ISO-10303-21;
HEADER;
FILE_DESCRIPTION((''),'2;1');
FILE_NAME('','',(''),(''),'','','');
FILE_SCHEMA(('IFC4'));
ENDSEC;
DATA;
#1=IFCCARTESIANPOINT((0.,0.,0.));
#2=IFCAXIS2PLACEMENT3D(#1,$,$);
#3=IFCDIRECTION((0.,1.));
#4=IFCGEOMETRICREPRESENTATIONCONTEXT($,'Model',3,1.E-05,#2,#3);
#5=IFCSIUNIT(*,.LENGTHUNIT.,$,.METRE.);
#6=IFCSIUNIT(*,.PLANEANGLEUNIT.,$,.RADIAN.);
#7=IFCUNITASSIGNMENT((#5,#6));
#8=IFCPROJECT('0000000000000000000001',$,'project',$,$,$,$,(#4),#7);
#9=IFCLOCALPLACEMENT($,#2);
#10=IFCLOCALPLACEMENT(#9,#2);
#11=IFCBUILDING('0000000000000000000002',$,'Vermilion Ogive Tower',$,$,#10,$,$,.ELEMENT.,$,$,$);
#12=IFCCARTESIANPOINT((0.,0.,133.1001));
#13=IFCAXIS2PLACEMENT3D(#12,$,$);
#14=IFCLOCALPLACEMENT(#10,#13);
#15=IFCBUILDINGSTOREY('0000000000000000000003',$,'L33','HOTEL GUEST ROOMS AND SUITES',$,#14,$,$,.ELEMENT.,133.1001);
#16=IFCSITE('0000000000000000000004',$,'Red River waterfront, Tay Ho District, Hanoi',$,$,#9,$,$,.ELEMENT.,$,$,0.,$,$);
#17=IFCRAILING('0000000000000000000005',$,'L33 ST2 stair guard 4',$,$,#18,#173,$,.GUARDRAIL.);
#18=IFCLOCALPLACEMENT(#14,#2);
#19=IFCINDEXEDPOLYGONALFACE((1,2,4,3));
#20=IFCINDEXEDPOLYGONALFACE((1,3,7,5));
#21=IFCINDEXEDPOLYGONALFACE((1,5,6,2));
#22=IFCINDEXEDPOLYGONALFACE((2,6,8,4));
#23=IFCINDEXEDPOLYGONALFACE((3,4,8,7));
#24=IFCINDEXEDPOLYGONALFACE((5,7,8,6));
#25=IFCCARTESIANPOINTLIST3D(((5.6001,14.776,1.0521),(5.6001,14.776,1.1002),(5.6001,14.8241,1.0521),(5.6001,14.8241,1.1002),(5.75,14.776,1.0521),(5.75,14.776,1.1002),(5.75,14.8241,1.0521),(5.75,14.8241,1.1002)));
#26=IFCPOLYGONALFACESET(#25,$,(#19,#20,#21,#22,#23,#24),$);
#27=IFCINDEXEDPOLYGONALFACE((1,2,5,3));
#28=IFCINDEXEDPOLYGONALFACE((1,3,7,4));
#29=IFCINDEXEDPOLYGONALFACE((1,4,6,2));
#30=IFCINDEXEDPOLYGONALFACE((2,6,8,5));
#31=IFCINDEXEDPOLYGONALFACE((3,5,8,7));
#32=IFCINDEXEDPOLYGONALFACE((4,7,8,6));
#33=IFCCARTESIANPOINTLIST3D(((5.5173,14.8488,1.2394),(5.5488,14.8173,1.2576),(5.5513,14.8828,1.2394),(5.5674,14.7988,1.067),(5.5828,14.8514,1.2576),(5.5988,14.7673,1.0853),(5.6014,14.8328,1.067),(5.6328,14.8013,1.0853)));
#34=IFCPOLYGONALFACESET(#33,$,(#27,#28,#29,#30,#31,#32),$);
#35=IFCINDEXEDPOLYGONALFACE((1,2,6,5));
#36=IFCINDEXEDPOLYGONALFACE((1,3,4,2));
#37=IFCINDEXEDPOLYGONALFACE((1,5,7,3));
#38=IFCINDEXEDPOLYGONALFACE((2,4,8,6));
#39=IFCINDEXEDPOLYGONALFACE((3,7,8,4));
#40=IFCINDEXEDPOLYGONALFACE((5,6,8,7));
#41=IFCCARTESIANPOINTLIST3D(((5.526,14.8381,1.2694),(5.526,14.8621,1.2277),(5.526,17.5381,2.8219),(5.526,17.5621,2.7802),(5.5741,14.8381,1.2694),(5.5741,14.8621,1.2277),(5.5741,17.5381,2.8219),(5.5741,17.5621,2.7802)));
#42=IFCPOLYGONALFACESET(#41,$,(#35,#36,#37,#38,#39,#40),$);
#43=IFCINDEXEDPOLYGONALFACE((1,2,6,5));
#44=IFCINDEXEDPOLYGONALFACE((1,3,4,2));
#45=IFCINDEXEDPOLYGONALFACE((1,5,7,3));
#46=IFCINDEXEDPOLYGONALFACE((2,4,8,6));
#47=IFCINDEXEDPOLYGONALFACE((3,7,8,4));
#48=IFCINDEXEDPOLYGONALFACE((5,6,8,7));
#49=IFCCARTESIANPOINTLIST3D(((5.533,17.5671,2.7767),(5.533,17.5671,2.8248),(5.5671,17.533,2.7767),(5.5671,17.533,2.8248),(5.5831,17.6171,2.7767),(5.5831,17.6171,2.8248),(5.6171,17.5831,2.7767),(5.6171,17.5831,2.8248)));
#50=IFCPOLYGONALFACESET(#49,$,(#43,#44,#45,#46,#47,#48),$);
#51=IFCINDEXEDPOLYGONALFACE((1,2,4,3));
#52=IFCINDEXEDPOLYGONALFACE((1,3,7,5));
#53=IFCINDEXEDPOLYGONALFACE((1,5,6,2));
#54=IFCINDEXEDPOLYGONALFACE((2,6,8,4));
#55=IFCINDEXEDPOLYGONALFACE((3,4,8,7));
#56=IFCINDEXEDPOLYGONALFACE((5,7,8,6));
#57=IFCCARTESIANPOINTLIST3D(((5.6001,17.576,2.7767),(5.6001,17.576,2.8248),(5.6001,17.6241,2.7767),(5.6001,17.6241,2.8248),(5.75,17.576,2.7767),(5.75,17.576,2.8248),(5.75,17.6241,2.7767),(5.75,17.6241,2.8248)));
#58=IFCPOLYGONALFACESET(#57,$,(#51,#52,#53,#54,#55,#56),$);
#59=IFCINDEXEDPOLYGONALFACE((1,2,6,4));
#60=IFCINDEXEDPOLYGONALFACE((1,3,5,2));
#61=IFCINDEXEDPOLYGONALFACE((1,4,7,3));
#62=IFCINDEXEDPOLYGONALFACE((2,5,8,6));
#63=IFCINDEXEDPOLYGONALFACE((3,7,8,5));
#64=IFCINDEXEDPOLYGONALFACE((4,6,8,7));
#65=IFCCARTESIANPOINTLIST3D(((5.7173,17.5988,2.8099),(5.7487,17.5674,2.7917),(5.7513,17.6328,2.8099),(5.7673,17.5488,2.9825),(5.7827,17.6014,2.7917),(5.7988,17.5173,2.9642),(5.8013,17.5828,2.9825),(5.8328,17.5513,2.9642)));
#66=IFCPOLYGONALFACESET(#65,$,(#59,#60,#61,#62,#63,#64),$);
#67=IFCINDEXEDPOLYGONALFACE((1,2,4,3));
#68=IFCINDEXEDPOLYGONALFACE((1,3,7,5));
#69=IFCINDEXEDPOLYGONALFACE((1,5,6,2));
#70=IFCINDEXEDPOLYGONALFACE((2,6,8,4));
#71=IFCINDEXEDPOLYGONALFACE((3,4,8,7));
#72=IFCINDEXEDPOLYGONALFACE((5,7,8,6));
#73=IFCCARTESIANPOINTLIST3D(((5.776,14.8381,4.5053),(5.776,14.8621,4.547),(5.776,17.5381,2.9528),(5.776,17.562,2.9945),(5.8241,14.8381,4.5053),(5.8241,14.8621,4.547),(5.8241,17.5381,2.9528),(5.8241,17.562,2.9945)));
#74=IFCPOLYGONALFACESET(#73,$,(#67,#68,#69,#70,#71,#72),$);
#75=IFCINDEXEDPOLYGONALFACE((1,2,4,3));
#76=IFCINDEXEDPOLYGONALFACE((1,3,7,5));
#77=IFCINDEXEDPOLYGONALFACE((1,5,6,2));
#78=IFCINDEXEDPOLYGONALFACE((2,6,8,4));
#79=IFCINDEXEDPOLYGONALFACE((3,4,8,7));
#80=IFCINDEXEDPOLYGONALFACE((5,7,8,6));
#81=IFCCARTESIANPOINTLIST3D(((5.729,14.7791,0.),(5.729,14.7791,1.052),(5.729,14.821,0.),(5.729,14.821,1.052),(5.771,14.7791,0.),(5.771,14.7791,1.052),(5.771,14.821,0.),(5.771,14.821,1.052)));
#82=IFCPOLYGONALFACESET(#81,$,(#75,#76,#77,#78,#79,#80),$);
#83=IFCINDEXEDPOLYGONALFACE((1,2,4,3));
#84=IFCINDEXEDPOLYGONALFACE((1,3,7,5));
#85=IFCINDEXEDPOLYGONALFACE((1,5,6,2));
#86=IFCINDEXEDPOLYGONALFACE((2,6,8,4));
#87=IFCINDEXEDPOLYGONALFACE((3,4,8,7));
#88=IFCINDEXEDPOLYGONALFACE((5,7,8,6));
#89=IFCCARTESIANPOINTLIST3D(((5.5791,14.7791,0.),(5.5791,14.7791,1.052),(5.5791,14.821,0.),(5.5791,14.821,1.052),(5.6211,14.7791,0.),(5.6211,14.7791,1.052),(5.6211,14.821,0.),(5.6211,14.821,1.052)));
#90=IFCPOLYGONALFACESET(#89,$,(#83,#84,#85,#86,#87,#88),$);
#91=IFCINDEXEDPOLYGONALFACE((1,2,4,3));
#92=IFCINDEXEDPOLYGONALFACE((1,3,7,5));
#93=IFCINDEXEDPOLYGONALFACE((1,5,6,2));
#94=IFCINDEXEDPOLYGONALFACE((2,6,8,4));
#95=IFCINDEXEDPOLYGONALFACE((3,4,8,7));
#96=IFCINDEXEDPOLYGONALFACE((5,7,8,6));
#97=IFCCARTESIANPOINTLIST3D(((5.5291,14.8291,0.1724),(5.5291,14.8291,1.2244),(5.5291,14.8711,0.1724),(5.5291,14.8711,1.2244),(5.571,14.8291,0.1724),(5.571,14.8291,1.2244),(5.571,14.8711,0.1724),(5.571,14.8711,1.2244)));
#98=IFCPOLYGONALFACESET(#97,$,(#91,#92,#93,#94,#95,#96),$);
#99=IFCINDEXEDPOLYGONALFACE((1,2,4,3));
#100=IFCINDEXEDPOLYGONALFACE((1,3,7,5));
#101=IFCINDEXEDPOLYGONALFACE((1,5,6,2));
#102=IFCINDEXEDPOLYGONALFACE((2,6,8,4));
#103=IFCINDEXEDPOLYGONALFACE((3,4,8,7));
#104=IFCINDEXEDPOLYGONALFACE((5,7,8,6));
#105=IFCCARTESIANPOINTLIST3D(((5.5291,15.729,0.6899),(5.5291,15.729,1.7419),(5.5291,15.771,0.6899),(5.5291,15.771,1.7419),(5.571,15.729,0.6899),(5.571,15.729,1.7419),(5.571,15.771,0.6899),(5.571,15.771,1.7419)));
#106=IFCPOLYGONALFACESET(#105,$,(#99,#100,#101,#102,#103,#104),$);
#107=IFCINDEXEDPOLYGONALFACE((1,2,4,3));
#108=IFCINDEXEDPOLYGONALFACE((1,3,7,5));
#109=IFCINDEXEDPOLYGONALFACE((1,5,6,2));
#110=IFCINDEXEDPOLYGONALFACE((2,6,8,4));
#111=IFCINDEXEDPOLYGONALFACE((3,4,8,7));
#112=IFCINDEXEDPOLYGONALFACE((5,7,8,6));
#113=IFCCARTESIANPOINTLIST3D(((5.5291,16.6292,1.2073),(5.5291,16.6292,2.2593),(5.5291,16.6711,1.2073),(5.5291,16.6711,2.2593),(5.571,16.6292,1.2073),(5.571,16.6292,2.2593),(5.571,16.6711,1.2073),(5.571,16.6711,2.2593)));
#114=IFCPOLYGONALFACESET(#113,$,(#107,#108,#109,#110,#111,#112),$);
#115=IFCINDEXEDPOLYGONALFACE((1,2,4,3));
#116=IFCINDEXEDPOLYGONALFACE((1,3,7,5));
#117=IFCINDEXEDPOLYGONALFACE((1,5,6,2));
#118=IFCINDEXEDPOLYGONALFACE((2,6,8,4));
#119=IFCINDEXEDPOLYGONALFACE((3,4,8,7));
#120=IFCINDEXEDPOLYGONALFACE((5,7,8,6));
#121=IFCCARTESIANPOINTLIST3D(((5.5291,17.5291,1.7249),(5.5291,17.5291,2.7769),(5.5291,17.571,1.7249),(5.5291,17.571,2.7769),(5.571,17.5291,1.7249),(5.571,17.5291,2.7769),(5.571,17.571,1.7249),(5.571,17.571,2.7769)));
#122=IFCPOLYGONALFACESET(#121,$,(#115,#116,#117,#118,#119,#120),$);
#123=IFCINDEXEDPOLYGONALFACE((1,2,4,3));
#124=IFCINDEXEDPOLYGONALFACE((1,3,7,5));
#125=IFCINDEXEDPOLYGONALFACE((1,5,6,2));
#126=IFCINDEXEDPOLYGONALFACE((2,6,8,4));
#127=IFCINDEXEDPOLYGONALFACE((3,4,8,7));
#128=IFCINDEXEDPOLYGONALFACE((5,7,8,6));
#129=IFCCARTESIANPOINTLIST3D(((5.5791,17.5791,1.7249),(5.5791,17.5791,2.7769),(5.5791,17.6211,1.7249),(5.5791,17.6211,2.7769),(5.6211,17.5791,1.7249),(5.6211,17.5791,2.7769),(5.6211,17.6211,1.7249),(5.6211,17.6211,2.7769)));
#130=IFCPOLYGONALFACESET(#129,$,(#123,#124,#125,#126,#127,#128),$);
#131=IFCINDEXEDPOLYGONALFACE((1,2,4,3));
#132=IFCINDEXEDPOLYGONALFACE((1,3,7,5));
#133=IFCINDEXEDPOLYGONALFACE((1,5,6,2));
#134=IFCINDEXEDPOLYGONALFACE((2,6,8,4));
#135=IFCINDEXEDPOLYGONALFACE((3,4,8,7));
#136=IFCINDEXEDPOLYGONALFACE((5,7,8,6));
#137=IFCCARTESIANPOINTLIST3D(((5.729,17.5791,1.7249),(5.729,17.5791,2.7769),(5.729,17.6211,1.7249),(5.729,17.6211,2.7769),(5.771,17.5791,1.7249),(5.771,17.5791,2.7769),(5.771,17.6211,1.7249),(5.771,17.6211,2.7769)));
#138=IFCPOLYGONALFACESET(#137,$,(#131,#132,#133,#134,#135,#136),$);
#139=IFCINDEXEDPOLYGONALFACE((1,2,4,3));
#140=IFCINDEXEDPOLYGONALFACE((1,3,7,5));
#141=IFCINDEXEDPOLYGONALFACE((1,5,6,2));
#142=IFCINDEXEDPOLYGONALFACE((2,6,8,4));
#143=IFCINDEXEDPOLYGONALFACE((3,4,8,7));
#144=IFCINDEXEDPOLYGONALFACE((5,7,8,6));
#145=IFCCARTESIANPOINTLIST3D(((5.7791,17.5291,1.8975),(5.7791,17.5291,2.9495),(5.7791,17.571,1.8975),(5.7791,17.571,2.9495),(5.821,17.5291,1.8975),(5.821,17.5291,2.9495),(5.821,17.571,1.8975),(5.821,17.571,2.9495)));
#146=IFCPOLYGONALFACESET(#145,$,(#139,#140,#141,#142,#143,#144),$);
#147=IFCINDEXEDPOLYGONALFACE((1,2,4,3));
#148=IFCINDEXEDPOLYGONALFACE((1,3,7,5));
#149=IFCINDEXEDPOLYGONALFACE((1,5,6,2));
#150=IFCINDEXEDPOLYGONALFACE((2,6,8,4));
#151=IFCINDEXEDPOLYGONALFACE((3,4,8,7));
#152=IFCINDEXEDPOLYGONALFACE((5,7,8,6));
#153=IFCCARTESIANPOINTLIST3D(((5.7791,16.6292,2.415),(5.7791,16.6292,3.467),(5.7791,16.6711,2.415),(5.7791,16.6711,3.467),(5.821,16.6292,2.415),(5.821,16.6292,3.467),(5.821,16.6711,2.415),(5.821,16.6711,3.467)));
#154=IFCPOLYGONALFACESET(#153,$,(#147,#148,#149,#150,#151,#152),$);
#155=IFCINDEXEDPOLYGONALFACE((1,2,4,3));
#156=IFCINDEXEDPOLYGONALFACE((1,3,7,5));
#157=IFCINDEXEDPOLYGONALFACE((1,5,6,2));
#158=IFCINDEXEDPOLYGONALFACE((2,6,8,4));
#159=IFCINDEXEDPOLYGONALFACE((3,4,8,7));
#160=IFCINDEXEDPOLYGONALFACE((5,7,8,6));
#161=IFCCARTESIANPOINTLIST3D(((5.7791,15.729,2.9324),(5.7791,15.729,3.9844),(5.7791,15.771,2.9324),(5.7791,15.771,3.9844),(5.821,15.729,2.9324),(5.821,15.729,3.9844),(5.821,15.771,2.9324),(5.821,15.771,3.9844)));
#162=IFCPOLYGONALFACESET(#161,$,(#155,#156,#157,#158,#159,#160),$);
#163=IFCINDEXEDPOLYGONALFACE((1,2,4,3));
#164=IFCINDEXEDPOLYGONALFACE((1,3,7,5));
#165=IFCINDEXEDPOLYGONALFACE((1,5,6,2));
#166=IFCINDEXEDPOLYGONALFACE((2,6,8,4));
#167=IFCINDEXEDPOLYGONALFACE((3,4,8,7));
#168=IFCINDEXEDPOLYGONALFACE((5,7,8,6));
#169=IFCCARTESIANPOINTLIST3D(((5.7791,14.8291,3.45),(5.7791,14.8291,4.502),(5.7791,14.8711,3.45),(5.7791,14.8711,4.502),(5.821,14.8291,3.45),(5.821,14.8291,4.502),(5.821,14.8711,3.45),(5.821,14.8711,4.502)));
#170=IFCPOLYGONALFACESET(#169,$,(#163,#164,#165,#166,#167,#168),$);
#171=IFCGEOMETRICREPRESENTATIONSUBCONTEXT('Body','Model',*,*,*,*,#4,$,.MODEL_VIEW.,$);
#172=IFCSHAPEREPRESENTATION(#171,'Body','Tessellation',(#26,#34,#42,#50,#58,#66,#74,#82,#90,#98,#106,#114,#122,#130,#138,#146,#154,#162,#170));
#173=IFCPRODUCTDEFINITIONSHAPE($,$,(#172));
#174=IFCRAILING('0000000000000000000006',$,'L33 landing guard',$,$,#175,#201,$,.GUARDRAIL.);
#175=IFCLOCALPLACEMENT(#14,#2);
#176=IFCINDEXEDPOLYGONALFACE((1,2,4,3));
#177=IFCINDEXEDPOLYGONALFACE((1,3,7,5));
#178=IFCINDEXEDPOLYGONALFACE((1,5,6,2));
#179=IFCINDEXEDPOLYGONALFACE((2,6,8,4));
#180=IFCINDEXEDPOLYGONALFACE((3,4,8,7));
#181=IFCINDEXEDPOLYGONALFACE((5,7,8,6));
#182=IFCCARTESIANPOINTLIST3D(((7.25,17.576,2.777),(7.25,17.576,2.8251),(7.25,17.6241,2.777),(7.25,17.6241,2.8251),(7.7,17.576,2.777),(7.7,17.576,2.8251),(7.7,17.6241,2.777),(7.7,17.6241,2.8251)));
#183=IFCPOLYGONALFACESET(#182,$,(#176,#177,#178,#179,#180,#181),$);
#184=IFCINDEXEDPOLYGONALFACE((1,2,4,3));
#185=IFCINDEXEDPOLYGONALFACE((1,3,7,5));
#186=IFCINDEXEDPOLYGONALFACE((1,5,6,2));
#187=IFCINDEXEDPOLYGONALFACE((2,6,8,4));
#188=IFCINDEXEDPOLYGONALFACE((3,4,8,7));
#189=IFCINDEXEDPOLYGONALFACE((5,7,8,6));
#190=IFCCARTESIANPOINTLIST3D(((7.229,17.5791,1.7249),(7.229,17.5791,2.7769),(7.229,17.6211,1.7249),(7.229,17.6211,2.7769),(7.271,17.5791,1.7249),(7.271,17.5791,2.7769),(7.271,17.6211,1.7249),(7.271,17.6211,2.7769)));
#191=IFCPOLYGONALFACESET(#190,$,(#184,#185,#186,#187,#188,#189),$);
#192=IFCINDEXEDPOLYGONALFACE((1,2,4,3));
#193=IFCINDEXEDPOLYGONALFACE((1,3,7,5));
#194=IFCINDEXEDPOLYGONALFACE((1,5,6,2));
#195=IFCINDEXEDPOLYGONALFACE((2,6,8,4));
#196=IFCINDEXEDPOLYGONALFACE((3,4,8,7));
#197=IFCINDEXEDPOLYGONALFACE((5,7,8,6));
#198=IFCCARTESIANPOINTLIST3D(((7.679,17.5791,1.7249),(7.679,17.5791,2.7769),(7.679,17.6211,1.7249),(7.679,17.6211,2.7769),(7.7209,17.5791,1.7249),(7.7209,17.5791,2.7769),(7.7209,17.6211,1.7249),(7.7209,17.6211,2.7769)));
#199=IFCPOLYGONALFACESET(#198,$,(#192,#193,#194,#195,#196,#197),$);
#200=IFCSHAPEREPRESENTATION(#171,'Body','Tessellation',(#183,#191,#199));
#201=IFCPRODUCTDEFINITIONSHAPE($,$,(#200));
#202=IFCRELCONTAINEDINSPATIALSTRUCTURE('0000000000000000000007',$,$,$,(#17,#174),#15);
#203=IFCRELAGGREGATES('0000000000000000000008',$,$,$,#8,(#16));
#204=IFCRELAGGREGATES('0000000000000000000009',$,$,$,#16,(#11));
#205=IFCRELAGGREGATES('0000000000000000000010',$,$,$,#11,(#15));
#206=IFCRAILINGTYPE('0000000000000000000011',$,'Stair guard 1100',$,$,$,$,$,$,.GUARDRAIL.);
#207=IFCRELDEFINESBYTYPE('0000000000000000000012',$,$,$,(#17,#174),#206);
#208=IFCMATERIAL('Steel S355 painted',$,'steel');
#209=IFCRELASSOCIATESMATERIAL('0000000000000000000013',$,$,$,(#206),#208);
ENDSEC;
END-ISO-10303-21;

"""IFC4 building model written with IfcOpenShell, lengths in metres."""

from ifc_helpers import new_model, si_unit, direction, frame, origin, origin_2d, place, context, subcontext, project, spatial, rectangle, extrude, material, type_object, element, save


model = new_model("IFC4")

# Units and contexts
model_context = context("Model", 3, precision=1e-05, world=origin(), true_north=direction((0.0, 1.0)))
body_context = subcontext(model_context, "Body", "Model", "MODEL_VIEW")
ifc_project = project(units=[si_unit("LENGTHUNIT", "METRE"), si_unit("PLANEANGLEUNIT", "RADIAN")], contexts=[model_context])

# Site, building, storey
site_placement = place(None, origin())
site = spatial("IfcSite", under=ifc_project, at=site_placement, Name="Red River waterfront, Tay Ho District, Hanoi", CompositionType="ELEMENT", RefElevation=0.0)
building_placement = place(site_placement, origin())
building = spatial("IfcBuilding", under=site, at=building_placement, Name="Vermilion Ogive Tower", CompositionType="ELEMENT")
storey_placement = place(building_placement, frame((0.0, 0.0, 133.1001)))
storey = spatial("IfcBuildingStorey", under=building, at=storey_placement, Name="L33", Description="HOTEL GUEST ROOMS AND SUITES", CompositionType="ELEMENT", Elevation=133.1001)

# Railings
ifc_material_1 = material(Name="Steel S355 painted", Category="steel")
railing_type_1 = type_object("IfcRailingType", Name="Stair guard 1100", PredefinedType="GUARDRAIL", material=ifc_material_1)
railing_1_placement = place(storey_placement, frame((5.75, 14.8, 0.0)))
element("IfcRailing", 1, at=railing_1_placement, inside=storey, type_object=railing_type_1, Name="L33 ST2 stair guard 4", PredefinedType="GUARDRAIL", context=body_context, shape_type="SweptSolid", body=[
    extrude(rectangle(XDim=0.0481, YDim=0.0481, at=origin_2d()), frame((0.0, 0.0, 1.0762), z_axis=(-1.0, 0.0, 0.0), x_axis=(0.0, -1.0, 0.0)), (0.0, 0.0, 1.0), 0.1499),
    extrude(rectangle(XDim=0.0481, YDim=0.0481, at=origin_2d()), frame((-0.1499, 0.0, 1.0762), z_axis=(-0.268603, 0.268603, 0.925043), x_axis=(-0.707107, -0.707107, 0.0)), (0.0, 0.0, 1.0), 0.1863),
    extrude(rectangle(XDim=0.0481, YDim=0.0481, at=origin_2d()), frame((-0.2, 0.05, 1.2485), z_axis=(0.0, 0.866904, 0.498476), x_axis=(-1.0, 0.0, 0.0)), (0.0, 0.0, 1.0), 3.1145),
    extrude(rectangle(XDim=0.0481, YDim=0.0481, at=origin_2d()), frame((-0.2, 2.75, 2.8008), z_axis=(0.707107, 0.707107, 0.0), x_axis=(-0.707107, 0.707107, 0.0)), (0.0, 0.0, 1.0), 0.0708),
    extrude(rectangle(XDim=0.0481, YDim=0.0481, at=origin_2d()), frame((-0.1499, 2.8, 2.8008), z_axis=(1.0, 0.0, 0.0), x_axis=(0.0, 1.0, 0.0)), (0.0, 0.0, 1.0), 0.1499),
    extrude(rectangle(XDim=0.0481, YDim=0.0481, at=origin_2d()), frame((0.0, 2.8, 2.8008), z_axis=(0.268278, -0.268278, 0.925232), x_axis=(0.707107, 0.707107, 0.0)), (0.0, 0.0, 1.0), 0.1865),
    extrude(rectangle(XDim=0.0481, YDim=0.0481, at=origin_2d()), frame((0.05, 2.75, 2.9736), z_axis=(0.0, -0.866904, 0.498476), x_axis=(1.0, 0.0, 0.0)), (0.0, 0.0, 1.0), 3.1145),
    extrude(rectangle(XDim=0.042, YDim=0.042, at=origin_2d()), origin(), (0.0, 0.0, 1.0), 1.052),
    extrude(rectangle(XDim=0.042, YDim=0.042, at=origin_2d()), frame((-0.1499, 0.0, 0.0)), (0.0, 0.0, 1.0), 1.052),
    extrude(rectangle(XDim=0.042, YDim=0.042, at=origin_2d()), frame((-0.2, 0.05, 0.1724)), (0.0, 0.0, 1.0), 1.052),
    extrude(rectangle(XDim=0.042, YDim=0.042, at=origin_2d()), frame((-0.2, 0.95, 0.6899)), (0.0, 0.0, 1.0), 1.052),
    extrude(rectangle(XDim=0.042, YDim=0.042, at=origin_2d()), frame((-0.2, 1.8501, 1.2073)), (0.0, 0.0, 1.0), 1.052),
    extrude(rectangle(XDim=0.042, YDim=0.042, at=origin_2d()), frame((-0.2, 2.75, 1.7249)), (0.0, 0.0, 1.0), 1.052),
    extrude(rectangle(XDim=0.042, YDim=0.042, at=origin_2d()), frame((-0.1499, 2.8, 1.7249)), (0.0, 0.0, 1.0), 1.052),
    extrude(rectangle(XDim=0.042, YDim=0.042, at=origin_2d()), frame((0.0, 2.8, 1.7249)), (0.0, 0.0, 1.0), 1.052),
    extrude(rectangle(XDim=0.042, YDim=0.042, at=origin_2d()), frame((0.05, 2.75, 1.8975)), (0.0, 0.0, 1.0), 1.052),
    extrude(rectangle(XDim=0.042, YDim=0.042, at=origin_2d()), frame((0.05, 1.8501, 2.415)), (0.0, 0.0, 1.0), 1.052),
    extrude(rectangle(XDim=0.042, YDim=0.042, at=origin_2d()), frame((0.05, 0.95, 2.9324)), (0.0, 0.0, 1.0), 1.052),
    extrude(rectangle(XDim=0.042, YDim=0.042, at=origin_2d()), frame((0.05, 0.05, 3.45)), (0.0, 0.0, 1.0), 1.052),
])
railing_2_placement = place(storey_placement, frame((7.25, 17.6001, 1.7249)))
element("IfcRailing", 2, at=railing_2_placement, inside=storey, type_object=railing_type_1, Name="L33 landing guard", PredefinedType="GUARDRAIL", context=body_context, shape_type="SweptSolid", body=[
    extrude(rectangle(XDim=0.0481, YDim=0.0481, at=origin_2d()), frame((0.0, 0.0, 1.0762), z_axis=(1.0, 0.0, 0.0), x_axis=(0.0, 1.0, 0.0)), (0.0, 0.0, 1.0), 0.45),
    extrude(rectangle(XDim=0.042, YDim=0.042, at=origin_2d()), origin(), (0.0, 0.0, 1.0), 1.052),
    extrude(rectangle(XDim=0.042, YDim=0.042, at=origin_2d()), frame((0.45, 0.0, 0.0)), (0.0, 0.0, 1.0), 1.052),
])

save(model, "model.ifc")
